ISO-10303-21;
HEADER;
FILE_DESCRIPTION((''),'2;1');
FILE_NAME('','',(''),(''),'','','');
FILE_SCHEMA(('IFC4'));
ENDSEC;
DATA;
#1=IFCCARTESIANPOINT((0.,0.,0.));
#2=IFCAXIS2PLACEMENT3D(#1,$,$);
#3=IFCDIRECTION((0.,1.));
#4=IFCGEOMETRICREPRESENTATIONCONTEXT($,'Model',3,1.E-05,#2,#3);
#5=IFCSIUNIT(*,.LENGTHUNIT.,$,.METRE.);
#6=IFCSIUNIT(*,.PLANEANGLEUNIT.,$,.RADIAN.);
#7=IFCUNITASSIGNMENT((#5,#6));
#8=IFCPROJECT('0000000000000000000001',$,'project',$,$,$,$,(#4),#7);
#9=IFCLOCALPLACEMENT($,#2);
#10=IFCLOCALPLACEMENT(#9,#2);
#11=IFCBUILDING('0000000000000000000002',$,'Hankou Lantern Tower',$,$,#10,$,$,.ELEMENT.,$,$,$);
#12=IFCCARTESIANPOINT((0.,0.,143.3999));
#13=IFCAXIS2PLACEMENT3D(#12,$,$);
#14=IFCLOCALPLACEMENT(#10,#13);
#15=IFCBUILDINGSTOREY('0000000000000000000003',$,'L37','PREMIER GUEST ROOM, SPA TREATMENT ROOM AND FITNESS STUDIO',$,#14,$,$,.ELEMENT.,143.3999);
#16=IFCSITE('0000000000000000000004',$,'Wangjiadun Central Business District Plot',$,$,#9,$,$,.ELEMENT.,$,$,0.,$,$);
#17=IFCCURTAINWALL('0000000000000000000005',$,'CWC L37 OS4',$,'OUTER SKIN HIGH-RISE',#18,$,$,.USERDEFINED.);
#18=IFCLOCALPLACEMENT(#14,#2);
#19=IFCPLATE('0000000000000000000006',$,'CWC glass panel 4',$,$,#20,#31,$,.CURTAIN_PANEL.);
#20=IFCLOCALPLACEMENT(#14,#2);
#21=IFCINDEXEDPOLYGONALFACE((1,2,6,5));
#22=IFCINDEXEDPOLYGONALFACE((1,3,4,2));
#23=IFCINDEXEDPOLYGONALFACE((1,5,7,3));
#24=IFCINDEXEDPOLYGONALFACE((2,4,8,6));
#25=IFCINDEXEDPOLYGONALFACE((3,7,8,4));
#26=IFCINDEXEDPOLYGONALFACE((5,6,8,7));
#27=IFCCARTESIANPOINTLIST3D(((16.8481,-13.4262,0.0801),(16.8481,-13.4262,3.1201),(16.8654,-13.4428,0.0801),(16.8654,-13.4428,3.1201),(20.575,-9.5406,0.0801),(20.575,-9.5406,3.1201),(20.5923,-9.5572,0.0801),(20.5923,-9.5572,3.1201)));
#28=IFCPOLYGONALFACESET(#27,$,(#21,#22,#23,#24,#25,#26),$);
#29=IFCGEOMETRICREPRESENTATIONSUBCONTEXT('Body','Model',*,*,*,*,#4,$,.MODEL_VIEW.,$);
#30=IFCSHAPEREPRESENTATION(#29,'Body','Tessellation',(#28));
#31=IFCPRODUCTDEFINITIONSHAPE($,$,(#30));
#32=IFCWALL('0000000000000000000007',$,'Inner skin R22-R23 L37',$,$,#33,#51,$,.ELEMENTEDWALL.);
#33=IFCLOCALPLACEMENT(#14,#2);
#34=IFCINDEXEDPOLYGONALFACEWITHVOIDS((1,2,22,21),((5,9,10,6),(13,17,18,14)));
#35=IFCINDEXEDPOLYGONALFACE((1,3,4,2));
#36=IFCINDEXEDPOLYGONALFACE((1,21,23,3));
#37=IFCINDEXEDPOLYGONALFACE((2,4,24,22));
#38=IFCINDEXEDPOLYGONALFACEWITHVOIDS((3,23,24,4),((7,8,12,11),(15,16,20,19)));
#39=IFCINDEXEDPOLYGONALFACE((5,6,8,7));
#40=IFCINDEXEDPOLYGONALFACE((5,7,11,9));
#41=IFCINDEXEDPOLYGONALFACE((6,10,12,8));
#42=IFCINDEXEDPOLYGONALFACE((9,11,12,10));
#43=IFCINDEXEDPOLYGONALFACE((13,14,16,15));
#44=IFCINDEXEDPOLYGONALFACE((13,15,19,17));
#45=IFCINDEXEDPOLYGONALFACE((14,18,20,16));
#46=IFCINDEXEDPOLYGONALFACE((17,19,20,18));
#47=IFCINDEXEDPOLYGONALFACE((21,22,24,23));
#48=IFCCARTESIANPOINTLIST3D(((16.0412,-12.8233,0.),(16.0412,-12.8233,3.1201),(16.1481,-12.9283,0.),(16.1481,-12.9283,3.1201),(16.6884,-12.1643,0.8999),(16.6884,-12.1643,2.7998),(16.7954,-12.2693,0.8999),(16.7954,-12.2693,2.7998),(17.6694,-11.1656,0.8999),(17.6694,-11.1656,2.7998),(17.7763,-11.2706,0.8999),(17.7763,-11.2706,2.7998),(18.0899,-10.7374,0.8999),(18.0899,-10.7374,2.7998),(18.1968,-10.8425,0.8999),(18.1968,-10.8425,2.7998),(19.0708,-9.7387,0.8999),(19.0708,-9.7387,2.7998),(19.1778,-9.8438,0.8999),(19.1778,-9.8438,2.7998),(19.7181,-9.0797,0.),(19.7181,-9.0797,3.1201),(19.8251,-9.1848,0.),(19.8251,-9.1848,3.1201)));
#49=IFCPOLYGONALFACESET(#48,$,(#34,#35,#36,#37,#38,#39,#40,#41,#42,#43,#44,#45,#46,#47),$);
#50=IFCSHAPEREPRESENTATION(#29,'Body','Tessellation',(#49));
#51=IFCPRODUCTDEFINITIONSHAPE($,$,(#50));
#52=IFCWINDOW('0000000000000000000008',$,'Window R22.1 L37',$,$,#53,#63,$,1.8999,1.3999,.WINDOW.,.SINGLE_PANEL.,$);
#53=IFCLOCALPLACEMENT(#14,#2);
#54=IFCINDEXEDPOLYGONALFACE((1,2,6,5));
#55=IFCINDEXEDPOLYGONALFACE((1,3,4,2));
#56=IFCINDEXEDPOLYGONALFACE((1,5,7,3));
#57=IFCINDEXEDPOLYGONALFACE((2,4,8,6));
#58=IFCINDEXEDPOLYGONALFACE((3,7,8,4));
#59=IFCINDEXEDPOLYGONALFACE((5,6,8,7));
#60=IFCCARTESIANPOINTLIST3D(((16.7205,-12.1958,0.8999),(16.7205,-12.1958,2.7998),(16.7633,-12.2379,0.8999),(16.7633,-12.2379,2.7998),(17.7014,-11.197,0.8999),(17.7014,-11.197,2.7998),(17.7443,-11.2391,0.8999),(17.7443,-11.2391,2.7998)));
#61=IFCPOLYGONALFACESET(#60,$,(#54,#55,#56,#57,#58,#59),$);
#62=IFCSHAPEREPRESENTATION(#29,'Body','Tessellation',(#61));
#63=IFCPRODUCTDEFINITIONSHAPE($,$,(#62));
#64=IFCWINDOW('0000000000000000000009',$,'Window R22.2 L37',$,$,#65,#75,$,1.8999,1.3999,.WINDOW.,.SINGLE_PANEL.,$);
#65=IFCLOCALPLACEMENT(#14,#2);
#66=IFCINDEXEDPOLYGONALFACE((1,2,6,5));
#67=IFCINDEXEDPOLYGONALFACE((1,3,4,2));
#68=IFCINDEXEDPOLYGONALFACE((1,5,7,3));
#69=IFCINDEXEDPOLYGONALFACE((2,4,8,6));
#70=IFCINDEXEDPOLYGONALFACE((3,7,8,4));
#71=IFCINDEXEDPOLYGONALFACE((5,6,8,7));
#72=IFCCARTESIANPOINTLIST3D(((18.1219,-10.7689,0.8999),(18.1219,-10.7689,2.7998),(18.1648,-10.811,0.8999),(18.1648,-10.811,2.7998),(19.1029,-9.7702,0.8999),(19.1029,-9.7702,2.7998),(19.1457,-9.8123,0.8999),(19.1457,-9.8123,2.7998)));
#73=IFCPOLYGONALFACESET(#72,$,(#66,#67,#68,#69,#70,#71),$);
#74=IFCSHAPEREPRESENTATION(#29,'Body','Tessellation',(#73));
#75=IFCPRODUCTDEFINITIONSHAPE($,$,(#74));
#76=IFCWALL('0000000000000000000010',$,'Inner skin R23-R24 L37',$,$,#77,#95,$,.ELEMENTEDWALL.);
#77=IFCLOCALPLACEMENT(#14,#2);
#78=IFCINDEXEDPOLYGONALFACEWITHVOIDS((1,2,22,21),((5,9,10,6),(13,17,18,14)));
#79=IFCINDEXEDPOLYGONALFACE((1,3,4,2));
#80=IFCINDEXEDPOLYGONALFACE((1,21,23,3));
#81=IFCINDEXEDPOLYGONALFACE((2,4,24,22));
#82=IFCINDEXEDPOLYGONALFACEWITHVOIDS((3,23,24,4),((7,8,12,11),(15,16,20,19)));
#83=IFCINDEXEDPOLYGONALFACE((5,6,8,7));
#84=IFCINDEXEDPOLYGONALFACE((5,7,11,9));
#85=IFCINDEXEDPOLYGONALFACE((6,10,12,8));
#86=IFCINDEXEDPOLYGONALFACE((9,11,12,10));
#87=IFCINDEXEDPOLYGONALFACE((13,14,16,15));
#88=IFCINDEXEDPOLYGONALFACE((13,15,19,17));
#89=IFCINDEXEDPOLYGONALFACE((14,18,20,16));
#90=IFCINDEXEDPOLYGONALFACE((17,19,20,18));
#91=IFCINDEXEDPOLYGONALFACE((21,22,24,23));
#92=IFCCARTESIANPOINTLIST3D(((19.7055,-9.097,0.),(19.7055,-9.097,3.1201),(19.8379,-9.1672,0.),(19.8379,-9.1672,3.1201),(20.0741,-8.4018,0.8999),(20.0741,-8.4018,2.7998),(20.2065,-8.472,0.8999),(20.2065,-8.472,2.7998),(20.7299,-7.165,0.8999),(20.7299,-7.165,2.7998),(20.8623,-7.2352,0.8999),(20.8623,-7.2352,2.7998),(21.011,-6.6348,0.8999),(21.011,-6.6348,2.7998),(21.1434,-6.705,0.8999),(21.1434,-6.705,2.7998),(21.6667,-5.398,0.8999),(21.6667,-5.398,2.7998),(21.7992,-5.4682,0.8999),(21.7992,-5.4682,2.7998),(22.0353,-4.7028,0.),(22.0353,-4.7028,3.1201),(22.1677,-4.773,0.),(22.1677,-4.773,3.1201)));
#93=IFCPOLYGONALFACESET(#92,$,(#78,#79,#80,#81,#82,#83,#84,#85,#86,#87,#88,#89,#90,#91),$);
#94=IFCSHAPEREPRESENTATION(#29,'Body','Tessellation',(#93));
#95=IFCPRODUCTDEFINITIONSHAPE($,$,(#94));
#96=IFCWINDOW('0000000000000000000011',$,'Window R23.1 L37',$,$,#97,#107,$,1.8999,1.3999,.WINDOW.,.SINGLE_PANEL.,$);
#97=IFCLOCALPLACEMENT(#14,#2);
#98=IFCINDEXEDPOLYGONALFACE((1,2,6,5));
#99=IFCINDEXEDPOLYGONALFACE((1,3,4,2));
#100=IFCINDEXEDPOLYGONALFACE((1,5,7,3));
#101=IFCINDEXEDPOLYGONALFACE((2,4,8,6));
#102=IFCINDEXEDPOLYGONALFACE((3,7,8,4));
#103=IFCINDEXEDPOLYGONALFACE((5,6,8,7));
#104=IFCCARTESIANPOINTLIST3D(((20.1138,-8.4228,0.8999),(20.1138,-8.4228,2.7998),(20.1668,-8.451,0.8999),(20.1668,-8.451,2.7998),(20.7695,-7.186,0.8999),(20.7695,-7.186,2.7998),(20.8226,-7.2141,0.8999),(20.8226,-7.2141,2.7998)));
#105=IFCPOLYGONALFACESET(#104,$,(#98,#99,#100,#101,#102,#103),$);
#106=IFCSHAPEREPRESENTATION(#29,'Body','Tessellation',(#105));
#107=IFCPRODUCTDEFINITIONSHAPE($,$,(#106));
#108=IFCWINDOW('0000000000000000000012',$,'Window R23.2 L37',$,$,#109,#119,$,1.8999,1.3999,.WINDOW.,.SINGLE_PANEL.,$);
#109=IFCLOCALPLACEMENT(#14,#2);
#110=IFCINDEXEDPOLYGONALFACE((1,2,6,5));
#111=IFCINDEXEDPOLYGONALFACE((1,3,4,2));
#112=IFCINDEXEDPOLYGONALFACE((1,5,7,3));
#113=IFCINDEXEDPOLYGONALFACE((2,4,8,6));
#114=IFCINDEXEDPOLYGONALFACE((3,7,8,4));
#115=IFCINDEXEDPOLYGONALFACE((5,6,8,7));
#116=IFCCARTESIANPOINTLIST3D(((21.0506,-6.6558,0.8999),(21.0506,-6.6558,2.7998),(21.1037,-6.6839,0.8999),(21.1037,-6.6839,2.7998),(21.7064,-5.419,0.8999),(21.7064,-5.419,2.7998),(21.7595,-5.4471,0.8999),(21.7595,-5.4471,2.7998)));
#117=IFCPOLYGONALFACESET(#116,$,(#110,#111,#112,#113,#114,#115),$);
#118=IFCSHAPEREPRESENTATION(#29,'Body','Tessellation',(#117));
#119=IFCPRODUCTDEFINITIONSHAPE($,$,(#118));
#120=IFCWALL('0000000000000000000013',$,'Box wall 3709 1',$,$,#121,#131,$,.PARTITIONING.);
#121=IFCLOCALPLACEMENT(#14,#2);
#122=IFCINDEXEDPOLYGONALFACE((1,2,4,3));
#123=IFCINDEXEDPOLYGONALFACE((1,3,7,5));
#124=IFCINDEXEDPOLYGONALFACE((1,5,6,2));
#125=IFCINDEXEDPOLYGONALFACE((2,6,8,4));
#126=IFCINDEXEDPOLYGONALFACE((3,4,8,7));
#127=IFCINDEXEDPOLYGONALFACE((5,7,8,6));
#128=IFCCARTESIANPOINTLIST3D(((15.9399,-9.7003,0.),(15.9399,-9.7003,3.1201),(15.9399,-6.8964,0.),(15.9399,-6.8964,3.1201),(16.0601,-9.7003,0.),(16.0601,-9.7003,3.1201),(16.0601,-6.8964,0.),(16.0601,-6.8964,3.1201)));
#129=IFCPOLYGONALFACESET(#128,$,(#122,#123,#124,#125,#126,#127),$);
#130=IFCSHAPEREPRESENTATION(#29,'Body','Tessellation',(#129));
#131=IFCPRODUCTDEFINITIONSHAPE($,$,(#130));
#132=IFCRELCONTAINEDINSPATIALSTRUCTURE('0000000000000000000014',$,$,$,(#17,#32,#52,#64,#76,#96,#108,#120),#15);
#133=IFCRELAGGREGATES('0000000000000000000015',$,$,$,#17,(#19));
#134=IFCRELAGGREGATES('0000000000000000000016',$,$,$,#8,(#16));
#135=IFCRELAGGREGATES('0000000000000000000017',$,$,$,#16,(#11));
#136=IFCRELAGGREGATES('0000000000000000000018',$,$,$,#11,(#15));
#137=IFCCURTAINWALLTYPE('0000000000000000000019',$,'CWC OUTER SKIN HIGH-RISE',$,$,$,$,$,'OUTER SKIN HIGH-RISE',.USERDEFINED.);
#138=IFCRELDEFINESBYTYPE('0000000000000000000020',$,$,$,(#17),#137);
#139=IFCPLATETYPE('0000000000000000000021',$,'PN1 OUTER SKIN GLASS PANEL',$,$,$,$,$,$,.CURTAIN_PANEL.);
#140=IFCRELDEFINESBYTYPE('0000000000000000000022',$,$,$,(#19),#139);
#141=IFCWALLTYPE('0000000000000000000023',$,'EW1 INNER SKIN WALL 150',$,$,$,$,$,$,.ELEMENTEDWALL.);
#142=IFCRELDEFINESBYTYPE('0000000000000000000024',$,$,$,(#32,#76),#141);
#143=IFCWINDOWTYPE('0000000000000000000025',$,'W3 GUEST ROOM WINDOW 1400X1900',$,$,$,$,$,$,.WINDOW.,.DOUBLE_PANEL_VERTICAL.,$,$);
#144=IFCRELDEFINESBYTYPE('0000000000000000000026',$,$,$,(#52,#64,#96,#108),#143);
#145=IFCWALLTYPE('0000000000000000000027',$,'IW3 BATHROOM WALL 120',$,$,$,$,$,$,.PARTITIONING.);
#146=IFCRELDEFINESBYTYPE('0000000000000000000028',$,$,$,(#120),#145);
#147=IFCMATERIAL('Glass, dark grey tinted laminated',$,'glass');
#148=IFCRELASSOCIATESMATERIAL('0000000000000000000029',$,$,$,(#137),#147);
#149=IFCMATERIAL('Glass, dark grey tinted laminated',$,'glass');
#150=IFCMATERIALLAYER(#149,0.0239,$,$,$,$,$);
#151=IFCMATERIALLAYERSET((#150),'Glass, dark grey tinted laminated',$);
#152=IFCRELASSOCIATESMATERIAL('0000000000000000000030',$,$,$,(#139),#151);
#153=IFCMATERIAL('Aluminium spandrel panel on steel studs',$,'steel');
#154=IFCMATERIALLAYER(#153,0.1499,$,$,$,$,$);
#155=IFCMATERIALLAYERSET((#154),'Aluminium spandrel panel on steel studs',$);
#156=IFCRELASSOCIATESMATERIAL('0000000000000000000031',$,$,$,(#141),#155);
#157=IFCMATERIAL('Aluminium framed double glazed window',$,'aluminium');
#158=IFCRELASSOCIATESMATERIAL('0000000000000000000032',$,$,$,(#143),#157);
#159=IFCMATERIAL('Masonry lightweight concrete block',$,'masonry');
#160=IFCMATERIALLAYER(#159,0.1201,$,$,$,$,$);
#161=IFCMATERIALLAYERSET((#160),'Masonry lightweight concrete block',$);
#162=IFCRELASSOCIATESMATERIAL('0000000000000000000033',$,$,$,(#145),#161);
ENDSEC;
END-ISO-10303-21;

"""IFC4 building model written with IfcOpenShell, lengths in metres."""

from ifc_helpers import new_model, si_unit, direction, frame, frame_2d, origin, origin_2d, place, context, subcontext, project, spatial, rectangle, extrude, material, layer, layer_set, type_object, element, fill, aggregate, save


model = new_model("IFC4")

# Units and contexts
model_context = context("Model", 3, precision=1e-05, world=origin(), true_north=direction((0.0, 1.0)))
body_context = subcontext(model_context, "Body", "Model", "MODEL_VIEW")
ifc_project = project(units=[si_unit("LENGTHUNIT", "METRE"), si_unit("PLANEANGLEUNIT", "RADIAN")], contexts=[model_context])

# Site, building, storey
site_placement = place(None, origin())
site = spatial("IfcSite", under=ifc_project, at=site_placement, Name="Wangjiadun Central Business District Plot", CompositionType="ELEMENT", RefElevation=0.0)
building_placement = place(site_placement, origin())
building = spatial("IfcBuilding", under=site, at=building_placement, Name="Hankou Lantern Tower", CompositionType="ELEMENT")
storey_placement = place(building_placement, frame((0.0, 0.0, 143.3999)))
storey = spatial("IfcBuildingStorey", under=building, at=storey_placement, Name="L37", Description="PREMIER GUEST ROOM, SPA TREATMENT ROOM AND FITNESS STUDIO", CompositionType="ELEMENT", Elevation=143.3999)

# Curtain wall
ifc_material_1 = material(Name="Glass, dark grey tinted laminated", Category="glass")
curtain_wall_type = type_object("IfcCurtainWallType", Name="CWC OUTER SKIN HIGH-RISE", ElementType="OUTER SKIN HIGH-RISE", PredefinedType="USERDEFINED", material=ifc_material_1)
curtain_wall_placement = place(storey_placement, origin())
curtain_wall = element("IfcCurtainWall", 1, at=curtain_wall_placement, inside=storey, type_object=curtain_wall_type, Name="CWC L37 OS4", ObjectType="OUTER SKIN HIGH-RISE", PredefinedType="USERDEFINED")

# Plate
ifc_material_2 = material(Name="Glass, dark grey tinted laminated", Category="glass")
ifc_layer_1 = layer(ifc_material_2, 0.0239)
ifc_layer_set_1 = layer_set([ifc_layer_1], Name="Glass, dark grey tinted laminated")
plate_type = type_object("IfcPlateType", Name="PN1 OUTER SKIN GLASS PANEL", PredefinedType="CURTAIN_PANEL", material=ifc_layer_set_1)
plate_placement = place(storey_placement, frame((18.7202, -11.4917, 0.0801), z_axis=(0.0, 0.0, 1.0), x_axis=(0.692216, 0.721691, 0.0)))
plate = element("IfcPlate", 2, at=plate_placement, type_object=plate_type, Name="CWC glass panel 4", PredefinedType="CURTAIN_PANEL", context=body_context, shape_type="SweptSolid", body=[
    extrude(rectangle(XDim=5.384, YDim=0.0239, at=origin_2d()), origin(), (0.0, 0.0, 1.0), 3.04),
])
aggregate(curtain_wall, [plate])

# Walls, openings, windows
ifc_material_3 = material(Name="Aluminium spandrel panel on steel studs", Category="steel")
ifc_layer_2 = layer(ifc_material_3, 0.1499)
ifc_layer_set_2 = layer_set([ifc_layer_2], Name="Aluminium spandrel panel on steel studs")
wall_type_1 = type_object("IfcWallType", Name="EW1 INNER SKIN WALL 150", PredefinedType="ELEMENTEDWALL", material=ifc_layer_set_2)
wall_1_placement = place(storey_placement, frame((16.0947, -12.8757, 0.0), z_axis=(0.0, 0.0, 1.0), x_axis=(0.700727, 0.713429, 0.0)))
wall_1 = element("IfcWall", 3, at=wall_1_placement, inside=storey, type_object=wall_type_1, Name="Inner skin R22-R23 L37", PredefinedType="ELEMENTEDWALL", context=body_context, shape_type="SweptSolid", body=[
    extrude(rectangle(XDim=5.2473, YDim=0.1499, at=frame_2d((2.6235, 0.0))), origin(), (0.0, 0.0, 1.0), 3.1201),
])
opening_1_placement = place(wall_1_placement, frame((0.9236, 0.0, 0.8999)))
opening_1 = element("IfcOpeningElement", 4, at=opening_1_placement, cuts=wall_1, PredefinedType="OPENING", context=body_context, shape_type="SweptSolid", body=[
    extrude(rectangle(XDim=1.3999, YDim=1.8999, at=frame_2d((0.7, 0.95))), frame((0.0, 0.085, 0.0), z_axis=(0.0, -1.0, 0.0), x_axis=(1.0, 0.0, 0.0)), (0.0, 0.0, 1.0), 0.1699),
])
opening_2_placement = place(wall_1_placement, frame((2.9236, 0.0, 0.8999)))
opening_2 = element("IfcOpeningElement", 5, at=opening_2_placement, cuts=wall_1, PredefinedType="OPENING", context=body_context, shape_type="SweptSolid", body=[
    extrude(rectangle(XDim=1.3999, YDim=1.8999, at=frame_2d((0.7, 0.95))), frame((0.0, 0.085, 0.0), z_axis=(0.0, -1.0, 0.0), x_axis=(1.0, 0.0, 0.0)), (0.0, 0.0, 1.0), 0.1699),
])
ifc_material_4 = material(Name="Aluminium framed double glazed window", Category="aluminium")
window_type = type_object("IfcWindowType", Name="W3 GUEST ROOM WINDOW 1400X1900", PartitioningType="DOUBLE_PANEL_VERTICAL", PredefinedType="WINDOW", material=ifc_material_4)
window_1_placement = place(opening_1_placement, origin())
window_1 = element("IfcWindow", 6, at=window_1_placement, inside=storey, type_object=window_type, Name="Window R22.1 L37", OverallHeight=1.8999, OverallWidth=1.3999, PartitioningType="SINGLE_PANEL", PredefinedType="WINDOW", context=body_context, shape_type="SweptSolid", body=[
    extrude(rectangle(XDim=1.3999, YDim=1.8999, at=frame_2d((0.7, 0.95))), frame((0.0, 0.03, 0.0), z_axis=(0.0, -1.0, 0.0), x_axis=(1.0, 0.0, 0.0)), (0.0, 0.0, 1.0), 0.0601),
])
fill(opening_1, window_1)
window_2_placement = place(opening_2_placement, origin())
window_2 = element("IfcWindow", 7, at=window_2_placement, inside=storey, type_object=window_type, Name="Window R22.2 L37", OverallHeight=1.8999, OverallWidth=1.3999, PartitioningType="SINGLE_PANEL", PredefinedType="WINDOW", context=body_context, shape_type="SweptSolid", body=[
    extrude(rectangle(XDim=1.3999, YDim=1.8999, at=frame_2d((0.7, 0.95))), frame((0.0, 0.03, 0.0), z_axis=(0.0, -1.0, 0.0), x_axis=(1.0, 0.0, 0.0)), (0.0, 0.0, 1.0), 0.0601),
])
fill(opening_2, window_2)
wall_2_placement = place(storey_placement, frame((19.7717, -9.1321, 0.0), z_axis=(0.0, 0.0, 1.0), x_axis=(0.468429, 0.883501, 0.0)))
wall_2 = element("IfcWall", 8, at=wall_2_placement, inside=storey, type_object=wall_type_1, Name="Inner skin R23-R24 L37", PredefinedType="ELEMENTEDWALL", context=body_context, shape_type="SweptSolid", body=[
    extrude(rectangle(XDim=4.9736, YDim=0.1499, at=frame_2d((2.4868, 0.0))), origin(), (0.0, 0.0, 1.0), 3.1201),
])
opening_3_placement = place(wall_2_placement, frame((0.7869, 0.0, 0.8999)))
opening_3 = element("IfcOpeningElement", 9, at=opening_3_placement, cuts=wall_2, PredefinedType="OPENING", context=body_context, shape_type="SweptSolid", body=[
    extrude(rectangle(XDim=1.3999, YDim=1.8999, at=frame_2d((0.7, 0.95))), frame((0.0, 0.085, 0.0), z_axis=(0.0, -1.0, 0.0), x_axis=(1.0, 0.0, 0.0)), (0.0, 0.0, 1.0), 0.1699),
])
opening_4_placement = place(wall_2_placement, frame((2.7869, 0.0, 0.8999)))
opening_4 = element("IfcOpeningElement", 10, at=opening_4_placement, cuts=wall_2, PredefinedType="OPENING", context=body_context, shape_type="SweptSolid", body=[
    extrude(rectangle(XDim=1.3999, YDim=1.8999, at=frame_2d((0.7, 0.95))), frame((0.0, 0.085, 0.0), z_axis=(0.0, -1.0, 0.0), x_axis=(1.0, 0.0, 0.0)), (0.0, 0.0, 1.0), 0.1699),
])
window_3_placement = place(opening_3_placement, origin())
window_3 = element("IfcWindow", 11, at=window_3_placement, inside=storey, type_object=window_type, Name="Window R23.1 L37", OverallHeight=1.8999, OverallWidth=1.3999, PartitioningType="SINGLE_PANEL", PredefinedType="WINDOW", context=body_context, shape_type="SweptSolid", body=[
    extrude(rectangle(XDim=1.3999, YDim=1.8999, at=frame_2d((0.7, 0.95))), frame((0.0, 0.03, 0.0), z_axis=(0.0, -1.0, 0.0), x_axis=(1.0, 0.0, 0.0)), (0.0, 0.0, 1.0), 0.0601),
])
fill(opening_3, window_3)
window_4_placement = place(opening_4_placement, origin())
window_4 = element("IfcWindow", 12, at=window_4_placement, inside=storey, type_object=window_type, Name="Window R23.2 L37", OverallHeight=1.8999, OverallWidth=1.3999, PartitioningType="SINGLE_PANEL", PredefinedType="WINDOW", context=body_context, shape_type="SweptSolid", body=[
    extrude(rectangle(XDim=1.3999, YDim=1.8999, at=frame_2d((0.7, 0.95))), frame((0.0, 0.03, 0.0), z_axis=(0.0, -1.0, 0.0), x_axis=(1.0, 0.0, 0.0)), (0.0, 0.0, 1.0), 0.0601),
])
fill(opening_4, window_4)

# Wall
ifc_material_5 = material(Name="Masonry lightweight concrete block", Category="masonry")
ifc_layer_3 = layer(ifc_material_5, 0.1201)
ifc_layer_set_3 = layer_set([ifc_layer_3], Name="Masonry lightweight concrete block")
wall_type_2 = type_object("IfcWallType", Name="IW3 BATHROOM WALL 120", PredefinedType="PARTITIONING", material=ifc_layer_set_3)
wall_3_placement = place(storey_placement, frame((16.0, -9.7002, 0.0), z_axis=(0.0, 0.0, 1.0), x_axis=(0.0, 1.0, 0.0)))
element("IfcWall", 13, at=wall_3_placement, inside=storey, type_object=wall_type_2, Name="Box wall 3709 1", PredefinedType="PARTITIONING", context=body_context, shape_type="SweptSolid", body=[
    extrude(rectangle(XDim=2.804, YDim=0.1201, at=frame_2d((1.4019, 0.0))), origin(), (0.0, 0.0, 1.0), 3.1201),
])

save(model, "model.ifc")
